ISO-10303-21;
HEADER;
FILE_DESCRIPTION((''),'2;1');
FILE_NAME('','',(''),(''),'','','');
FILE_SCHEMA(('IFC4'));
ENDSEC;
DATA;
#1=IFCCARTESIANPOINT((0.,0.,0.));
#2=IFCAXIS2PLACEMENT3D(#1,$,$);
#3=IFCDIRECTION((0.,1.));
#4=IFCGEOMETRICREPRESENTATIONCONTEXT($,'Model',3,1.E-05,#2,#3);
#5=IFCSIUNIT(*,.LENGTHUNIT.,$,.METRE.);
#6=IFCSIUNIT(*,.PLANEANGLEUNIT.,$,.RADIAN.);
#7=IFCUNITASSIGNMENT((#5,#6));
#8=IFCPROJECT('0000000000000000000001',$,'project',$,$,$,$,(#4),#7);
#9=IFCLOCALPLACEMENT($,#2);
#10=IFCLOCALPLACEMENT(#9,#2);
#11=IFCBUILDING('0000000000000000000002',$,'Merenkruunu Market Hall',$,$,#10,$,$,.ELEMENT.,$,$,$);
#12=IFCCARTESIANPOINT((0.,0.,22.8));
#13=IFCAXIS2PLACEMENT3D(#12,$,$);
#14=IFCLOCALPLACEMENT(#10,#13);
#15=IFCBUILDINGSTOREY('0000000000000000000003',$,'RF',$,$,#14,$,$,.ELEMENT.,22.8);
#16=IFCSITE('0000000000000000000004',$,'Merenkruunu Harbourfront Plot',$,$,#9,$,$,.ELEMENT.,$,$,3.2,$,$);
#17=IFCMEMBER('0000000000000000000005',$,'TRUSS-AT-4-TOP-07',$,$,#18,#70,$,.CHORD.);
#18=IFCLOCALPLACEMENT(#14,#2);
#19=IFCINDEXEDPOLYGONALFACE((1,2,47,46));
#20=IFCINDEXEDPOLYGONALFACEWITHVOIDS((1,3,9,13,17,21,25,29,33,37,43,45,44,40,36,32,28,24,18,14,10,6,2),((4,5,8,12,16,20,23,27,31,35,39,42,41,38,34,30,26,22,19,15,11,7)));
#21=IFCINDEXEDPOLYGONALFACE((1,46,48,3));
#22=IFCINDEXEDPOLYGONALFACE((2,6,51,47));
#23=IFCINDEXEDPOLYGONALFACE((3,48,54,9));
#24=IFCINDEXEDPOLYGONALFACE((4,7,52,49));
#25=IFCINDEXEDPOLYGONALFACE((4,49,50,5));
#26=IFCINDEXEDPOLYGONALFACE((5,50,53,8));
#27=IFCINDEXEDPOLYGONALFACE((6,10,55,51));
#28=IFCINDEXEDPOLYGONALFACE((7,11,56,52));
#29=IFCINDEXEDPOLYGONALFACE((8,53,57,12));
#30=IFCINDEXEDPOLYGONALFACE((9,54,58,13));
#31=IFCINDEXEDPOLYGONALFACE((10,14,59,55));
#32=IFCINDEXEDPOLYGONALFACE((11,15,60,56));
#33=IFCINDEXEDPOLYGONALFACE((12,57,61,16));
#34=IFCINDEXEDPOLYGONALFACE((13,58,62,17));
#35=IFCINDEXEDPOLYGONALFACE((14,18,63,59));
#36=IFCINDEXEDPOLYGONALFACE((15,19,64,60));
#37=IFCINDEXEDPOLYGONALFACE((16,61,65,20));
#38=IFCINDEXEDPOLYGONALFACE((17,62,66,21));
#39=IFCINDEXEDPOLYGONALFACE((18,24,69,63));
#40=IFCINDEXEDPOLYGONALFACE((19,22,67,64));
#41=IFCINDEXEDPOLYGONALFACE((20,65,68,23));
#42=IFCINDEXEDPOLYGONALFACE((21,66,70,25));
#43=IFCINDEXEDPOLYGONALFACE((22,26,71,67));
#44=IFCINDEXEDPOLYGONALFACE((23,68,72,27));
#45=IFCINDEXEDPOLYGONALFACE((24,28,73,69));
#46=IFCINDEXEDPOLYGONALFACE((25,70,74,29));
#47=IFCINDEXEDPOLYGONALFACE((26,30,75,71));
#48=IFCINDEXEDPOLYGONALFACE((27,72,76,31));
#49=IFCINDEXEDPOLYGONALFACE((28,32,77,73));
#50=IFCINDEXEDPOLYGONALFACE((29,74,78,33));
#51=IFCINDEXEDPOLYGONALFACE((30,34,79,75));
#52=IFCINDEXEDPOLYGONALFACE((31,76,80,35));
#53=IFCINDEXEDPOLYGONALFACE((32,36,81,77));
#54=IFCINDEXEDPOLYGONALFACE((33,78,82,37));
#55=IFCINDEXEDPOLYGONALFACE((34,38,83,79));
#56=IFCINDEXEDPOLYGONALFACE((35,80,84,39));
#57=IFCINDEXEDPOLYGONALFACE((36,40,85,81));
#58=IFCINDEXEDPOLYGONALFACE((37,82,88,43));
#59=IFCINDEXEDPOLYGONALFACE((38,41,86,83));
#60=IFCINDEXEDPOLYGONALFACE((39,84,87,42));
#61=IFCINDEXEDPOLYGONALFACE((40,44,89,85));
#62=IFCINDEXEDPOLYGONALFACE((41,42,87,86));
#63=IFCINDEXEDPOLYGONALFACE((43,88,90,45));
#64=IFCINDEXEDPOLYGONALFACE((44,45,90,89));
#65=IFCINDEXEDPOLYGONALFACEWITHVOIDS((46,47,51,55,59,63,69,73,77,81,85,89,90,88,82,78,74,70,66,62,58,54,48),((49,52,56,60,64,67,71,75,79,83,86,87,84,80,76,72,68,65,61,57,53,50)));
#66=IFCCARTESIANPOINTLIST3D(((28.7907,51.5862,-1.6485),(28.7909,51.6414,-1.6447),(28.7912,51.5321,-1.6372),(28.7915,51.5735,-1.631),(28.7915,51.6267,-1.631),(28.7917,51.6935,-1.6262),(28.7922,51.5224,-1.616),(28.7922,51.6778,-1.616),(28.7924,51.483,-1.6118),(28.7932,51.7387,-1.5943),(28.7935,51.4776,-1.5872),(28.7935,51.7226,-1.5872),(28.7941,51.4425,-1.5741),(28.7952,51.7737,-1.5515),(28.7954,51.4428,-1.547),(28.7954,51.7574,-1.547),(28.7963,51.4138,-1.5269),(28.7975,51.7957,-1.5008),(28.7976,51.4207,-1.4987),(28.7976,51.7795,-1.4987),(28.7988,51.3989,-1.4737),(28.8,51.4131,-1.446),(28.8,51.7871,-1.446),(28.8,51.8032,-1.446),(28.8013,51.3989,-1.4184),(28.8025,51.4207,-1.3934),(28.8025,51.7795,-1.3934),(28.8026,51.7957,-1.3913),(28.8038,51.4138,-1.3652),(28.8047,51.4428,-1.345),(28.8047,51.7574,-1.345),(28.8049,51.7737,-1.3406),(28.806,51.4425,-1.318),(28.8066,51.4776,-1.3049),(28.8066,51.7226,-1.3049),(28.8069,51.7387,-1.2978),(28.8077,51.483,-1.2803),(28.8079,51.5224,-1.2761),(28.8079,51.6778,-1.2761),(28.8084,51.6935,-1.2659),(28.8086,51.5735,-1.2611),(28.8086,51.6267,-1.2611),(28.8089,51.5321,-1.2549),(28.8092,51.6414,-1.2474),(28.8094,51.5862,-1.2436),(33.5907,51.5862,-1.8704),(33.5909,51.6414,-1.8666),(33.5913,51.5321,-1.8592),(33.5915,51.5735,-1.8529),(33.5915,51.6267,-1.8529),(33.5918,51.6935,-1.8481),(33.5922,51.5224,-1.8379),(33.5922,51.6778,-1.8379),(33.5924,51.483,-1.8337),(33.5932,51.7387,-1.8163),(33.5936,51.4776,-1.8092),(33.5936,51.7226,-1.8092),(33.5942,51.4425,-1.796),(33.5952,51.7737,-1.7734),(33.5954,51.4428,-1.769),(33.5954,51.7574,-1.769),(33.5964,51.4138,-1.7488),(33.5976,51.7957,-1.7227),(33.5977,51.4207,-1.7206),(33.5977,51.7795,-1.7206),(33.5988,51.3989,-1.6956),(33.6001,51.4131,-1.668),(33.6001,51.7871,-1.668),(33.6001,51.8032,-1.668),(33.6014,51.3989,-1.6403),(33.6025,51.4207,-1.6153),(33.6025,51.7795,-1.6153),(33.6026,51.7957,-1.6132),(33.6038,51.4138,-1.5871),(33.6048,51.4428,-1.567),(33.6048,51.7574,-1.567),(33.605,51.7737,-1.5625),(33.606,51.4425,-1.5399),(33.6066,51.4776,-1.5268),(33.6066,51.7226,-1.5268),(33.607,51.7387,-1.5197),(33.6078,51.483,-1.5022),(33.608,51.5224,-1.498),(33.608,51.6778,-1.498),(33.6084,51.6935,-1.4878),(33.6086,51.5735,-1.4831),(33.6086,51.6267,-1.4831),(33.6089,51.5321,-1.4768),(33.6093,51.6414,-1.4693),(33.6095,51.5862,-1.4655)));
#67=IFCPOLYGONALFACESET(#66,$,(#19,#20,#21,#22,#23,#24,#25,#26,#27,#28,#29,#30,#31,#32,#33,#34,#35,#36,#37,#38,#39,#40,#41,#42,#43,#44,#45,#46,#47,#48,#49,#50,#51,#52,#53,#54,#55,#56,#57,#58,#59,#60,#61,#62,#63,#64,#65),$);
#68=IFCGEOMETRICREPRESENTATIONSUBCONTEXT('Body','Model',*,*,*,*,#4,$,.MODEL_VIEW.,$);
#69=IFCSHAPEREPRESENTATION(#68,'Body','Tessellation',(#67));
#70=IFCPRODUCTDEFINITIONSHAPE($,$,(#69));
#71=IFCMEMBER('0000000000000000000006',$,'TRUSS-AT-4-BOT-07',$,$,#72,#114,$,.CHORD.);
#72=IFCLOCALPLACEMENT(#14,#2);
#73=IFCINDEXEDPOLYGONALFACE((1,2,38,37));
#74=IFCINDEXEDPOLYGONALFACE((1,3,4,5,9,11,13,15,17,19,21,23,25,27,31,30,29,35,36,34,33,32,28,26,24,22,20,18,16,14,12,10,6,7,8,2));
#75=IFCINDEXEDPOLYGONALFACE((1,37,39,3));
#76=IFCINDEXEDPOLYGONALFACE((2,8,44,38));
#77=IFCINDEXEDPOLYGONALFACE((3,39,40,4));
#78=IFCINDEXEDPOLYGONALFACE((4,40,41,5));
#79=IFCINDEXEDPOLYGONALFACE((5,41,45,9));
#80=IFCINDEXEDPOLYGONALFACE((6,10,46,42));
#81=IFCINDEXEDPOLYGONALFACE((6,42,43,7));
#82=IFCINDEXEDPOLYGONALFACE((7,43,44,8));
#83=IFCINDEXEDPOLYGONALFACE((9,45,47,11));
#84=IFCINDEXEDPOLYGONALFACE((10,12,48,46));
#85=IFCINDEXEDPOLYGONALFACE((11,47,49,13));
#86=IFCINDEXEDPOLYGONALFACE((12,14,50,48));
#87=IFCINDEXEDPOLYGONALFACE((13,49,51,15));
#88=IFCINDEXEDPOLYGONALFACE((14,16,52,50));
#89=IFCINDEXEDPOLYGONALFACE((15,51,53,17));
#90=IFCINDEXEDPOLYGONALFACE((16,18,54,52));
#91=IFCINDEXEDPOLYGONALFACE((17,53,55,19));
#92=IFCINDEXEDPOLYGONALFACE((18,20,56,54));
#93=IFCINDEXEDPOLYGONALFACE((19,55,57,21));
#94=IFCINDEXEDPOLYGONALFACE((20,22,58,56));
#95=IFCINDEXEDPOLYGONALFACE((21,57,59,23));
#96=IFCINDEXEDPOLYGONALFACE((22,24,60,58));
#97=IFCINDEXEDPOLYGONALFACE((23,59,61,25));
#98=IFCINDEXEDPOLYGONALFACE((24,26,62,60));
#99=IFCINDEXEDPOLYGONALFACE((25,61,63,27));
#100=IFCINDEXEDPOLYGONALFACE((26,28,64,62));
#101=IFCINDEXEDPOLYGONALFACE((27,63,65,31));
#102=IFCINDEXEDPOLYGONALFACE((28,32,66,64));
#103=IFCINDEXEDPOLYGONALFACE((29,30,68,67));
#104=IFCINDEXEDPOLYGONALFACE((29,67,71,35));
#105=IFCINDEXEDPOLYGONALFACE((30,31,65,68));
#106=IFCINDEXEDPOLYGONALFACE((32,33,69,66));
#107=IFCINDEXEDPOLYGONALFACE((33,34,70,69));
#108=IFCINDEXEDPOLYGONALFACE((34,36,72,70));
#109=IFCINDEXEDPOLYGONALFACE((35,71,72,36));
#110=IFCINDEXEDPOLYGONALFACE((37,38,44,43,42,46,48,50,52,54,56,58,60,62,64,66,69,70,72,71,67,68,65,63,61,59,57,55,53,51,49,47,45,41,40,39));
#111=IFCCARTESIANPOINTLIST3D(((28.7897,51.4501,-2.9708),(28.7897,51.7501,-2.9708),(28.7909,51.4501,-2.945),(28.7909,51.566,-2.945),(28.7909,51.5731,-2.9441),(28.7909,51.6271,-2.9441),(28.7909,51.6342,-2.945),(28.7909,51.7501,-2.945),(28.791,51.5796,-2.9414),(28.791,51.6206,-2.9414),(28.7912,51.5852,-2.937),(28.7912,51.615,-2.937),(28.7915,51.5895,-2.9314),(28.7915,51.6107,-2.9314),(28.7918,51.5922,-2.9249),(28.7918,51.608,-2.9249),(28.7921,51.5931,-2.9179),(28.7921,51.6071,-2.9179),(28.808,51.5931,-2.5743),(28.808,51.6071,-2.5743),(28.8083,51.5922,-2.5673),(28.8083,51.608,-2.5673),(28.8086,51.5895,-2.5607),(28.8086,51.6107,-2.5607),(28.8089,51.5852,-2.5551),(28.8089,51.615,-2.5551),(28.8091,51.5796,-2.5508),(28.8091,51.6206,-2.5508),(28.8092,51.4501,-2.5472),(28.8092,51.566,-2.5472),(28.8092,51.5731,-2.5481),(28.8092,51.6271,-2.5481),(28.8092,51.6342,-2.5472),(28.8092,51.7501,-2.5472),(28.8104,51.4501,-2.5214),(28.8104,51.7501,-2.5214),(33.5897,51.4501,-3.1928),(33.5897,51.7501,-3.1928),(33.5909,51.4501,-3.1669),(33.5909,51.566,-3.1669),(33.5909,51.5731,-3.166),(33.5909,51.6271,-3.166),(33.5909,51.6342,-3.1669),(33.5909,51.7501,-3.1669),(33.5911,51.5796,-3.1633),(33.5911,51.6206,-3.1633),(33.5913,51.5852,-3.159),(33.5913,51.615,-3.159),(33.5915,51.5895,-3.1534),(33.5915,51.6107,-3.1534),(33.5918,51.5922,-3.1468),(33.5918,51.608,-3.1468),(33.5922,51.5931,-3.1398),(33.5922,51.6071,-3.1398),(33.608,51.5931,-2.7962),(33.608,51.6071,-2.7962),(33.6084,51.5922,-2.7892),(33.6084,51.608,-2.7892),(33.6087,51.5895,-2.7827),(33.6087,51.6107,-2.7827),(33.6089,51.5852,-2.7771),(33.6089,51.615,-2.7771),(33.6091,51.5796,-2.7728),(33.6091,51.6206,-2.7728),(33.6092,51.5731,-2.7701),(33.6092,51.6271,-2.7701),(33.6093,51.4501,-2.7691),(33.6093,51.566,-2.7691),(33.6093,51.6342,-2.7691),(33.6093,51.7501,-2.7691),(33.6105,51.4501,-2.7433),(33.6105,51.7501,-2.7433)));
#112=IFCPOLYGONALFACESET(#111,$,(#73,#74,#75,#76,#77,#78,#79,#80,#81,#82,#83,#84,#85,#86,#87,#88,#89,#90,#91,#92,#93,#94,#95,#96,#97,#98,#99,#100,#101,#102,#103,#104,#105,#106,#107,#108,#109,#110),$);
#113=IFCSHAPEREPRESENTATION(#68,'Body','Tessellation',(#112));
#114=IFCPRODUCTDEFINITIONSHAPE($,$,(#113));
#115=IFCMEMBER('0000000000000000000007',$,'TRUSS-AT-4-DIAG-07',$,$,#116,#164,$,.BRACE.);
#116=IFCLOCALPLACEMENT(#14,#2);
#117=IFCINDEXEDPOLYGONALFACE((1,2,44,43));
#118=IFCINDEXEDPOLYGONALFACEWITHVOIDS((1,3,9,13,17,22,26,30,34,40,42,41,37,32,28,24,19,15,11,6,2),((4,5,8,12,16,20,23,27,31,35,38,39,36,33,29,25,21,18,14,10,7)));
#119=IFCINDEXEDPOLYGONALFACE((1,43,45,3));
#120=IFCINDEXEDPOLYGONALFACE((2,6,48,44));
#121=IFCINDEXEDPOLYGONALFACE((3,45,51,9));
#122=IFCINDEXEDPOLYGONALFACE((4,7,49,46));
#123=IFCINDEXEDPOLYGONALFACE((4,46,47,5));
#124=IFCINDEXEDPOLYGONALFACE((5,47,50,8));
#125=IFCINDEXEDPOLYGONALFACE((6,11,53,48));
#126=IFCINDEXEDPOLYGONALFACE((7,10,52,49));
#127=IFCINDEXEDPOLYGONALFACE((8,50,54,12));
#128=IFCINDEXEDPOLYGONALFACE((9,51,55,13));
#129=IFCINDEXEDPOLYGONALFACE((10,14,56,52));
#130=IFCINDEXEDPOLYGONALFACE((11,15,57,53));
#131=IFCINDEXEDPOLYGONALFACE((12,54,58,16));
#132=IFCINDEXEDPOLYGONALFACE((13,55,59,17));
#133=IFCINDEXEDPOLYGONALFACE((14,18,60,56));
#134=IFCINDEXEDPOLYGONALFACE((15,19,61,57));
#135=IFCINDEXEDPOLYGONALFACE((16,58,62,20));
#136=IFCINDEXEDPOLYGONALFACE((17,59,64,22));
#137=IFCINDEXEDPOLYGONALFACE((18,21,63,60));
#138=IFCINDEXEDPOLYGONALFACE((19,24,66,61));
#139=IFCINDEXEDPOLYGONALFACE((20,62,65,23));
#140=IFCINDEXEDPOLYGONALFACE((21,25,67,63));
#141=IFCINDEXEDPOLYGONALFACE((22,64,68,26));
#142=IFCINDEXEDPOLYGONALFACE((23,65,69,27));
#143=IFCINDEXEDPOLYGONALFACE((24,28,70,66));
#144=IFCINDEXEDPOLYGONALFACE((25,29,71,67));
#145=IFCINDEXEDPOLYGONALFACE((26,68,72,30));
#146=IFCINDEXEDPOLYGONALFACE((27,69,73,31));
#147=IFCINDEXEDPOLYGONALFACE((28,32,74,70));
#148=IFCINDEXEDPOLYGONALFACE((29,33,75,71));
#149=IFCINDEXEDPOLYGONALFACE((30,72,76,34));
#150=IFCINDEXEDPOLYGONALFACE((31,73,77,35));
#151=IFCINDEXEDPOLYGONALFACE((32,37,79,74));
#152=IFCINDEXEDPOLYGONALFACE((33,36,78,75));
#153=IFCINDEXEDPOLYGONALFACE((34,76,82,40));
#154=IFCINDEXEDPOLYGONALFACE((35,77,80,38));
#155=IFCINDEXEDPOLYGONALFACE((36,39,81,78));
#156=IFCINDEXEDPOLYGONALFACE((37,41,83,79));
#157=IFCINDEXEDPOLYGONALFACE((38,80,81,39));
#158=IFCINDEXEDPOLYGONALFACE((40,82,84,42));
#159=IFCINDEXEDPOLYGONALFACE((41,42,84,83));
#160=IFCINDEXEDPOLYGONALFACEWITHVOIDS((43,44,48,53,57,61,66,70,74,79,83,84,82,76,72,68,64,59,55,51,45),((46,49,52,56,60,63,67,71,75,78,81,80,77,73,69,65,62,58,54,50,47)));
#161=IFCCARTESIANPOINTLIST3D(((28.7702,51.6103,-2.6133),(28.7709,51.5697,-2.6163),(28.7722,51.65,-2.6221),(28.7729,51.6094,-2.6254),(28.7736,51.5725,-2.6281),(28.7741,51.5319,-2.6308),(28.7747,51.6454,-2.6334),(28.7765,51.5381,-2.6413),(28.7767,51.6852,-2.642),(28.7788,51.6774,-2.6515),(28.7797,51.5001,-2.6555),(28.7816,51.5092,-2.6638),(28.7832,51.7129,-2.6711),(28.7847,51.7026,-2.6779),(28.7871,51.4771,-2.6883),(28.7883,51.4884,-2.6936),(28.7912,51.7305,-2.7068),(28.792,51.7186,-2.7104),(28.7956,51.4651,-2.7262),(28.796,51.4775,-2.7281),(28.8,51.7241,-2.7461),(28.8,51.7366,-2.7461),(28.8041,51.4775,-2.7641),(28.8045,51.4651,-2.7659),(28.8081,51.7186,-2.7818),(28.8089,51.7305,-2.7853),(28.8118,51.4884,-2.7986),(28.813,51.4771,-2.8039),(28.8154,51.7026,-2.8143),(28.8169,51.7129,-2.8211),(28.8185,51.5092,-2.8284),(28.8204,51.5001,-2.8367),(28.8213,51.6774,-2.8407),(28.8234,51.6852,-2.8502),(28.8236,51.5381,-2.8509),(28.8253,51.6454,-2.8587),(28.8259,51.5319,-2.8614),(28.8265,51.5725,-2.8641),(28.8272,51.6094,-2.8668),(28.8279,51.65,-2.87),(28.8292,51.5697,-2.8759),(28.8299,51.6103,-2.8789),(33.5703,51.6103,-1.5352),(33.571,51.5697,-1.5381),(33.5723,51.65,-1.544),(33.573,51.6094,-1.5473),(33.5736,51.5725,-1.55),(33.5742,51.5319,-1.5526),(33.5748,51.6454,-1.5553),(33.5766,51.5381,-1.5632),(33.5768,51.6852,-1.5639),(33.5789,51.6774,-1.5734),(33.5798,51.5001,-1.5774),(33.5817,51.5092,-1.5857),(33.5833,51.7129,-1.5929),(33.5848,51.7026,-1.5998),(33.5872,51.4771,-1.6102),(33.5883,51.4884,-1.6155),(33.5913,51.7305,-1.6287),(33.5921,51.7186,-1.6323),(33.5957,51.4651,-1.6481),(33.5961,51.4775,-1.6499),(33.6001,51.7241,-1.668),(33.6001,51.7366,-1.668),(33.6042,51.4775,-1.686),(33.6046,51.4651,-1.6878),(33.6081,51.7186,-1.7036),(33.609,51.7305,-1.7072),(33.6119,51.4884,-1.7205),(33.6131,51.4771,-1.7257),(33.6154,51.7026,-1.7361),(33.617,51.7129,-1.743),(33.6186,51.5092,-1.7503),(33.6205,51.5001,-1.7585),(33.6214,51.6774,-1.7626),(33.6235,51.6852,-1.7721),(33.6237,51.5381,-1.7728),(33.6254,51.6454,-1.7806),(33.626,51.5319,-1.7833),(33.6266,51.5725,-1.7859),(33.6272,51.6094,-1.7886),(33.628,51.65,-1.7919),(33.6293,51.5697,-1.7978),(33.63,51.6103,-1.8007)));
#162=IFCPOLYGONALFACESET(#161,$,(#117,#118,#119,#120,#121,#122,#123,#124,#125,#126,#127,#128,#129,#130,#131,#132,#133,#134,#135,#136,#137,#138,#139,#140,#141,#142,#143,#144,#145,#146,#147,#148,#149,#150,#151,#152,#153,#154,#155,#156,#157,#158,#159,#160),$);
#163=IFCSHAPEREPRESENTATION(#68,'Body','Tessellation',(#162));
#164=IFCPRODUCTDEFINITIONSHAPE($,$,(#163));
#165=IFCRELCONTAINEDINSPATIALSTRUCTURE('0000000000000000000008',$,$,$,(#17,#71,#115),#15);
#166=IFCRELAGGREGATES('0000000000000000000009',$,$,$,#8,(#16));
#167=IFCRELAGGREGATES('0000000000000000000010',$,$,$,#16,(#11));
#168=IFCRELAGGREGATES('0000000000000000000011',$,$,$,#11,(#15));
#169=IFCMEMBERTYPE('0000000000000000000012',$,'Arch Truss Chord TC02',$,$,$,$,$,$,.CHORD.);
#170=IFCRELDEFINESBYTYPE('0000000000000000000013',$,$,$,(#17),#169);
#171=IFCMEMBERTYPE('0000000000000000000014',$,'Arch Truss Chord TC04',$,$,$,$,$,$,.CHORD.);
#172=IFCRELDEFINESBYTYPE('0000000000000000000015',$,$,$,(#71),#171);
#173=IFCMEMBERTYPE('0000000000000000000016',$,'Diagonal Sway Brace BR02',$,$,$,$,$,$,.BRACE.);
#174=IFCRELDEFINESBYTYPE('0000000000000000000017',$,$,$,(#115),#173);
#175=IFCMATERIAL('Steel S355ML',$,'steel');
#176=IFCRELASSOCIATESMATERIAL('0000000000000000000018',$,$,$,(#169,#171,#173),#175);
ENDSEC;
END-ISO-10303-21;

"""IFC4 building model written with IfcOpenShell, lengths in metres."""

from ifc_helpers import new_model, si_unit, direction, frame, origin, origin_2d, place, context, subcontext, project, spatial, hollow_circle, i_section, extrude, material, material_profile, profile_set, type_object, element, save


model = new_model("IFC4")

# Units and contexts
model_context = context("Model", 3, precision=1e-05, world=origin(), true_north=direction((0.0, 1.0)))
body_context = subcontext(model_context, "Body", "Model", "MODEL_VIEW")
ifc_project = project(units=[si_unit("LENGTHUNIT", "METRE"), si_unit("PLANEANGLEUNIT", "RADIAN")], contexts=[model_context])

# Site, building, storey
site_placement = place(None, origin())
site = spatial("IfcSite", under=ifc_project, at=site_placement, Name="Merenkruunu Harbourfront Plot", CompositionType="ELEMENT", RefElevation=3.2)
building_placement = place(site_placement, origin())
building = spatial("IfcBuilding", under=site, at=building_placement, Name="Merenkruunu Market Hall", CompositionType="ELEMENT")
storey_placement = place(building_placement, frame((0.0, 0.0, 22.8)))
storey = spatial("IfcBuildingStorey", under=building, at=storey_placement, Name="RF", CompositionType="ELEMENT", Elevation=22.8)

# Members
ifc_material_1 = material(Name="Steel S355ML", Category="steel")
ifc_material_profile_1 = material_profile(ifc_material_1, hollow_circle(Radius=0.2031, WallThickness=0.0161, at=origin_2d()), Name="CHS 406.4x16")
ifc_profile_set_1 = profile_set([ifc_material_profile_1], Name="Steel S355ML")
member_type_1 = type_object("IfcMemberType", Name="Arch Truss Chord TC02", PredefinedType="CHORD", material=ifc_profile_set_1)
member_1_placement = place(storey_placement, frame((28.8, 51.6001, -1.446), z_axis=(0.998933, 0.0, -0.046184), x_axis=(0.0, 1.0, 0.0)))
element("IfcMember", 1, at=member_1_placement, inside=storey, type_object=member_type_1, Name="TRUSS-AT-4-TOP-07", PredefinedType="CHORD", context=body_context, shape_type="SweptSolid", body=[
    extrude(hollow_circle(Radius=0.2031, WallThickness=0.0161, at=origin_2d()), origin(), (0.0, 0.0, 1.0), 4.8052),
])
ifc_material_profile_2 = material_profile(ifc_material_1, i_section(OverallWidth=0.3, OverallDepth=0.45, WebThickness=0.0139, FlangeThickness=0.0259, FilletRadius=0.0271, at=origin_2d()), Name="HEB 450")
ifc_profile_set_2 = profile_set([ifc_material_profile_2], Name="Steel S355ML")
member_type_2 = type_object("IfcMemberType", Name="Arch Truss Chord TC04", PredefinedType="CHORD", material=ifc_profile_set_2)
member_2_placement = place(storey_placement, frame((28.8, 51.6001, -2.7461), z_axis=(0.998933, 0.0, -0.046184), x_axis=(0.0, 1.0, 0.0)))
element("IfcMember", 2, at=member_2_placement, inside=storey, type_object=member_type_2, Name="TRUSS-AT-4-BOT-07", PredefinedType="CHORD", context=body_context, shape_type="SweptSolid", body=[
    extrude(i_section(OverallWidth=0.3, OverallDepth=0.45, WebThickness=0.0139, FlangeThickness=0.0259, FilletRadius=0.0271, at=origin_2d()), origin(), (0.0, 0.0, 1.0), 4.8052),
])
ifc_material_profile_3 = material_profile(ifc_material_1, hollow_circle(Radius=0.1365, WallThickness=0.0125, at=origin_2d()), Name="CHS 273x12.5")
ifc_profile_set_3 = profile_set([ifc_material_profile_3], Name="Steel S355ML")
member_type_3 = type_object("IfcMemberType", Name="Diagonal Sway Brace BR02", PredefinedType="BRACE", material=ifc_profile_set_3)
member_3_placement = place(storey_placement, frame((28.8, 51.6001, -2.7461), z_axis=(0.975692, 0.0, 0.219147), x_axis=(0.0, 1.0, 0.0)))
element("IfcMember", 3, at=member_3_placement, inside=storey, type_object=member_type_3, Name="TRUSS-AT-4-DIAG-07", PredefinedType="BRACE", context=body_context, shape_type="SweptSolid", body=[
    extrude(hollow_circle(Radius=0.1365, WallThickness=0.0125, at=origin_2d()), origin(), (0.0, 0.0, 1.0), 4.9197),
])

save(model, "model.ifc")
